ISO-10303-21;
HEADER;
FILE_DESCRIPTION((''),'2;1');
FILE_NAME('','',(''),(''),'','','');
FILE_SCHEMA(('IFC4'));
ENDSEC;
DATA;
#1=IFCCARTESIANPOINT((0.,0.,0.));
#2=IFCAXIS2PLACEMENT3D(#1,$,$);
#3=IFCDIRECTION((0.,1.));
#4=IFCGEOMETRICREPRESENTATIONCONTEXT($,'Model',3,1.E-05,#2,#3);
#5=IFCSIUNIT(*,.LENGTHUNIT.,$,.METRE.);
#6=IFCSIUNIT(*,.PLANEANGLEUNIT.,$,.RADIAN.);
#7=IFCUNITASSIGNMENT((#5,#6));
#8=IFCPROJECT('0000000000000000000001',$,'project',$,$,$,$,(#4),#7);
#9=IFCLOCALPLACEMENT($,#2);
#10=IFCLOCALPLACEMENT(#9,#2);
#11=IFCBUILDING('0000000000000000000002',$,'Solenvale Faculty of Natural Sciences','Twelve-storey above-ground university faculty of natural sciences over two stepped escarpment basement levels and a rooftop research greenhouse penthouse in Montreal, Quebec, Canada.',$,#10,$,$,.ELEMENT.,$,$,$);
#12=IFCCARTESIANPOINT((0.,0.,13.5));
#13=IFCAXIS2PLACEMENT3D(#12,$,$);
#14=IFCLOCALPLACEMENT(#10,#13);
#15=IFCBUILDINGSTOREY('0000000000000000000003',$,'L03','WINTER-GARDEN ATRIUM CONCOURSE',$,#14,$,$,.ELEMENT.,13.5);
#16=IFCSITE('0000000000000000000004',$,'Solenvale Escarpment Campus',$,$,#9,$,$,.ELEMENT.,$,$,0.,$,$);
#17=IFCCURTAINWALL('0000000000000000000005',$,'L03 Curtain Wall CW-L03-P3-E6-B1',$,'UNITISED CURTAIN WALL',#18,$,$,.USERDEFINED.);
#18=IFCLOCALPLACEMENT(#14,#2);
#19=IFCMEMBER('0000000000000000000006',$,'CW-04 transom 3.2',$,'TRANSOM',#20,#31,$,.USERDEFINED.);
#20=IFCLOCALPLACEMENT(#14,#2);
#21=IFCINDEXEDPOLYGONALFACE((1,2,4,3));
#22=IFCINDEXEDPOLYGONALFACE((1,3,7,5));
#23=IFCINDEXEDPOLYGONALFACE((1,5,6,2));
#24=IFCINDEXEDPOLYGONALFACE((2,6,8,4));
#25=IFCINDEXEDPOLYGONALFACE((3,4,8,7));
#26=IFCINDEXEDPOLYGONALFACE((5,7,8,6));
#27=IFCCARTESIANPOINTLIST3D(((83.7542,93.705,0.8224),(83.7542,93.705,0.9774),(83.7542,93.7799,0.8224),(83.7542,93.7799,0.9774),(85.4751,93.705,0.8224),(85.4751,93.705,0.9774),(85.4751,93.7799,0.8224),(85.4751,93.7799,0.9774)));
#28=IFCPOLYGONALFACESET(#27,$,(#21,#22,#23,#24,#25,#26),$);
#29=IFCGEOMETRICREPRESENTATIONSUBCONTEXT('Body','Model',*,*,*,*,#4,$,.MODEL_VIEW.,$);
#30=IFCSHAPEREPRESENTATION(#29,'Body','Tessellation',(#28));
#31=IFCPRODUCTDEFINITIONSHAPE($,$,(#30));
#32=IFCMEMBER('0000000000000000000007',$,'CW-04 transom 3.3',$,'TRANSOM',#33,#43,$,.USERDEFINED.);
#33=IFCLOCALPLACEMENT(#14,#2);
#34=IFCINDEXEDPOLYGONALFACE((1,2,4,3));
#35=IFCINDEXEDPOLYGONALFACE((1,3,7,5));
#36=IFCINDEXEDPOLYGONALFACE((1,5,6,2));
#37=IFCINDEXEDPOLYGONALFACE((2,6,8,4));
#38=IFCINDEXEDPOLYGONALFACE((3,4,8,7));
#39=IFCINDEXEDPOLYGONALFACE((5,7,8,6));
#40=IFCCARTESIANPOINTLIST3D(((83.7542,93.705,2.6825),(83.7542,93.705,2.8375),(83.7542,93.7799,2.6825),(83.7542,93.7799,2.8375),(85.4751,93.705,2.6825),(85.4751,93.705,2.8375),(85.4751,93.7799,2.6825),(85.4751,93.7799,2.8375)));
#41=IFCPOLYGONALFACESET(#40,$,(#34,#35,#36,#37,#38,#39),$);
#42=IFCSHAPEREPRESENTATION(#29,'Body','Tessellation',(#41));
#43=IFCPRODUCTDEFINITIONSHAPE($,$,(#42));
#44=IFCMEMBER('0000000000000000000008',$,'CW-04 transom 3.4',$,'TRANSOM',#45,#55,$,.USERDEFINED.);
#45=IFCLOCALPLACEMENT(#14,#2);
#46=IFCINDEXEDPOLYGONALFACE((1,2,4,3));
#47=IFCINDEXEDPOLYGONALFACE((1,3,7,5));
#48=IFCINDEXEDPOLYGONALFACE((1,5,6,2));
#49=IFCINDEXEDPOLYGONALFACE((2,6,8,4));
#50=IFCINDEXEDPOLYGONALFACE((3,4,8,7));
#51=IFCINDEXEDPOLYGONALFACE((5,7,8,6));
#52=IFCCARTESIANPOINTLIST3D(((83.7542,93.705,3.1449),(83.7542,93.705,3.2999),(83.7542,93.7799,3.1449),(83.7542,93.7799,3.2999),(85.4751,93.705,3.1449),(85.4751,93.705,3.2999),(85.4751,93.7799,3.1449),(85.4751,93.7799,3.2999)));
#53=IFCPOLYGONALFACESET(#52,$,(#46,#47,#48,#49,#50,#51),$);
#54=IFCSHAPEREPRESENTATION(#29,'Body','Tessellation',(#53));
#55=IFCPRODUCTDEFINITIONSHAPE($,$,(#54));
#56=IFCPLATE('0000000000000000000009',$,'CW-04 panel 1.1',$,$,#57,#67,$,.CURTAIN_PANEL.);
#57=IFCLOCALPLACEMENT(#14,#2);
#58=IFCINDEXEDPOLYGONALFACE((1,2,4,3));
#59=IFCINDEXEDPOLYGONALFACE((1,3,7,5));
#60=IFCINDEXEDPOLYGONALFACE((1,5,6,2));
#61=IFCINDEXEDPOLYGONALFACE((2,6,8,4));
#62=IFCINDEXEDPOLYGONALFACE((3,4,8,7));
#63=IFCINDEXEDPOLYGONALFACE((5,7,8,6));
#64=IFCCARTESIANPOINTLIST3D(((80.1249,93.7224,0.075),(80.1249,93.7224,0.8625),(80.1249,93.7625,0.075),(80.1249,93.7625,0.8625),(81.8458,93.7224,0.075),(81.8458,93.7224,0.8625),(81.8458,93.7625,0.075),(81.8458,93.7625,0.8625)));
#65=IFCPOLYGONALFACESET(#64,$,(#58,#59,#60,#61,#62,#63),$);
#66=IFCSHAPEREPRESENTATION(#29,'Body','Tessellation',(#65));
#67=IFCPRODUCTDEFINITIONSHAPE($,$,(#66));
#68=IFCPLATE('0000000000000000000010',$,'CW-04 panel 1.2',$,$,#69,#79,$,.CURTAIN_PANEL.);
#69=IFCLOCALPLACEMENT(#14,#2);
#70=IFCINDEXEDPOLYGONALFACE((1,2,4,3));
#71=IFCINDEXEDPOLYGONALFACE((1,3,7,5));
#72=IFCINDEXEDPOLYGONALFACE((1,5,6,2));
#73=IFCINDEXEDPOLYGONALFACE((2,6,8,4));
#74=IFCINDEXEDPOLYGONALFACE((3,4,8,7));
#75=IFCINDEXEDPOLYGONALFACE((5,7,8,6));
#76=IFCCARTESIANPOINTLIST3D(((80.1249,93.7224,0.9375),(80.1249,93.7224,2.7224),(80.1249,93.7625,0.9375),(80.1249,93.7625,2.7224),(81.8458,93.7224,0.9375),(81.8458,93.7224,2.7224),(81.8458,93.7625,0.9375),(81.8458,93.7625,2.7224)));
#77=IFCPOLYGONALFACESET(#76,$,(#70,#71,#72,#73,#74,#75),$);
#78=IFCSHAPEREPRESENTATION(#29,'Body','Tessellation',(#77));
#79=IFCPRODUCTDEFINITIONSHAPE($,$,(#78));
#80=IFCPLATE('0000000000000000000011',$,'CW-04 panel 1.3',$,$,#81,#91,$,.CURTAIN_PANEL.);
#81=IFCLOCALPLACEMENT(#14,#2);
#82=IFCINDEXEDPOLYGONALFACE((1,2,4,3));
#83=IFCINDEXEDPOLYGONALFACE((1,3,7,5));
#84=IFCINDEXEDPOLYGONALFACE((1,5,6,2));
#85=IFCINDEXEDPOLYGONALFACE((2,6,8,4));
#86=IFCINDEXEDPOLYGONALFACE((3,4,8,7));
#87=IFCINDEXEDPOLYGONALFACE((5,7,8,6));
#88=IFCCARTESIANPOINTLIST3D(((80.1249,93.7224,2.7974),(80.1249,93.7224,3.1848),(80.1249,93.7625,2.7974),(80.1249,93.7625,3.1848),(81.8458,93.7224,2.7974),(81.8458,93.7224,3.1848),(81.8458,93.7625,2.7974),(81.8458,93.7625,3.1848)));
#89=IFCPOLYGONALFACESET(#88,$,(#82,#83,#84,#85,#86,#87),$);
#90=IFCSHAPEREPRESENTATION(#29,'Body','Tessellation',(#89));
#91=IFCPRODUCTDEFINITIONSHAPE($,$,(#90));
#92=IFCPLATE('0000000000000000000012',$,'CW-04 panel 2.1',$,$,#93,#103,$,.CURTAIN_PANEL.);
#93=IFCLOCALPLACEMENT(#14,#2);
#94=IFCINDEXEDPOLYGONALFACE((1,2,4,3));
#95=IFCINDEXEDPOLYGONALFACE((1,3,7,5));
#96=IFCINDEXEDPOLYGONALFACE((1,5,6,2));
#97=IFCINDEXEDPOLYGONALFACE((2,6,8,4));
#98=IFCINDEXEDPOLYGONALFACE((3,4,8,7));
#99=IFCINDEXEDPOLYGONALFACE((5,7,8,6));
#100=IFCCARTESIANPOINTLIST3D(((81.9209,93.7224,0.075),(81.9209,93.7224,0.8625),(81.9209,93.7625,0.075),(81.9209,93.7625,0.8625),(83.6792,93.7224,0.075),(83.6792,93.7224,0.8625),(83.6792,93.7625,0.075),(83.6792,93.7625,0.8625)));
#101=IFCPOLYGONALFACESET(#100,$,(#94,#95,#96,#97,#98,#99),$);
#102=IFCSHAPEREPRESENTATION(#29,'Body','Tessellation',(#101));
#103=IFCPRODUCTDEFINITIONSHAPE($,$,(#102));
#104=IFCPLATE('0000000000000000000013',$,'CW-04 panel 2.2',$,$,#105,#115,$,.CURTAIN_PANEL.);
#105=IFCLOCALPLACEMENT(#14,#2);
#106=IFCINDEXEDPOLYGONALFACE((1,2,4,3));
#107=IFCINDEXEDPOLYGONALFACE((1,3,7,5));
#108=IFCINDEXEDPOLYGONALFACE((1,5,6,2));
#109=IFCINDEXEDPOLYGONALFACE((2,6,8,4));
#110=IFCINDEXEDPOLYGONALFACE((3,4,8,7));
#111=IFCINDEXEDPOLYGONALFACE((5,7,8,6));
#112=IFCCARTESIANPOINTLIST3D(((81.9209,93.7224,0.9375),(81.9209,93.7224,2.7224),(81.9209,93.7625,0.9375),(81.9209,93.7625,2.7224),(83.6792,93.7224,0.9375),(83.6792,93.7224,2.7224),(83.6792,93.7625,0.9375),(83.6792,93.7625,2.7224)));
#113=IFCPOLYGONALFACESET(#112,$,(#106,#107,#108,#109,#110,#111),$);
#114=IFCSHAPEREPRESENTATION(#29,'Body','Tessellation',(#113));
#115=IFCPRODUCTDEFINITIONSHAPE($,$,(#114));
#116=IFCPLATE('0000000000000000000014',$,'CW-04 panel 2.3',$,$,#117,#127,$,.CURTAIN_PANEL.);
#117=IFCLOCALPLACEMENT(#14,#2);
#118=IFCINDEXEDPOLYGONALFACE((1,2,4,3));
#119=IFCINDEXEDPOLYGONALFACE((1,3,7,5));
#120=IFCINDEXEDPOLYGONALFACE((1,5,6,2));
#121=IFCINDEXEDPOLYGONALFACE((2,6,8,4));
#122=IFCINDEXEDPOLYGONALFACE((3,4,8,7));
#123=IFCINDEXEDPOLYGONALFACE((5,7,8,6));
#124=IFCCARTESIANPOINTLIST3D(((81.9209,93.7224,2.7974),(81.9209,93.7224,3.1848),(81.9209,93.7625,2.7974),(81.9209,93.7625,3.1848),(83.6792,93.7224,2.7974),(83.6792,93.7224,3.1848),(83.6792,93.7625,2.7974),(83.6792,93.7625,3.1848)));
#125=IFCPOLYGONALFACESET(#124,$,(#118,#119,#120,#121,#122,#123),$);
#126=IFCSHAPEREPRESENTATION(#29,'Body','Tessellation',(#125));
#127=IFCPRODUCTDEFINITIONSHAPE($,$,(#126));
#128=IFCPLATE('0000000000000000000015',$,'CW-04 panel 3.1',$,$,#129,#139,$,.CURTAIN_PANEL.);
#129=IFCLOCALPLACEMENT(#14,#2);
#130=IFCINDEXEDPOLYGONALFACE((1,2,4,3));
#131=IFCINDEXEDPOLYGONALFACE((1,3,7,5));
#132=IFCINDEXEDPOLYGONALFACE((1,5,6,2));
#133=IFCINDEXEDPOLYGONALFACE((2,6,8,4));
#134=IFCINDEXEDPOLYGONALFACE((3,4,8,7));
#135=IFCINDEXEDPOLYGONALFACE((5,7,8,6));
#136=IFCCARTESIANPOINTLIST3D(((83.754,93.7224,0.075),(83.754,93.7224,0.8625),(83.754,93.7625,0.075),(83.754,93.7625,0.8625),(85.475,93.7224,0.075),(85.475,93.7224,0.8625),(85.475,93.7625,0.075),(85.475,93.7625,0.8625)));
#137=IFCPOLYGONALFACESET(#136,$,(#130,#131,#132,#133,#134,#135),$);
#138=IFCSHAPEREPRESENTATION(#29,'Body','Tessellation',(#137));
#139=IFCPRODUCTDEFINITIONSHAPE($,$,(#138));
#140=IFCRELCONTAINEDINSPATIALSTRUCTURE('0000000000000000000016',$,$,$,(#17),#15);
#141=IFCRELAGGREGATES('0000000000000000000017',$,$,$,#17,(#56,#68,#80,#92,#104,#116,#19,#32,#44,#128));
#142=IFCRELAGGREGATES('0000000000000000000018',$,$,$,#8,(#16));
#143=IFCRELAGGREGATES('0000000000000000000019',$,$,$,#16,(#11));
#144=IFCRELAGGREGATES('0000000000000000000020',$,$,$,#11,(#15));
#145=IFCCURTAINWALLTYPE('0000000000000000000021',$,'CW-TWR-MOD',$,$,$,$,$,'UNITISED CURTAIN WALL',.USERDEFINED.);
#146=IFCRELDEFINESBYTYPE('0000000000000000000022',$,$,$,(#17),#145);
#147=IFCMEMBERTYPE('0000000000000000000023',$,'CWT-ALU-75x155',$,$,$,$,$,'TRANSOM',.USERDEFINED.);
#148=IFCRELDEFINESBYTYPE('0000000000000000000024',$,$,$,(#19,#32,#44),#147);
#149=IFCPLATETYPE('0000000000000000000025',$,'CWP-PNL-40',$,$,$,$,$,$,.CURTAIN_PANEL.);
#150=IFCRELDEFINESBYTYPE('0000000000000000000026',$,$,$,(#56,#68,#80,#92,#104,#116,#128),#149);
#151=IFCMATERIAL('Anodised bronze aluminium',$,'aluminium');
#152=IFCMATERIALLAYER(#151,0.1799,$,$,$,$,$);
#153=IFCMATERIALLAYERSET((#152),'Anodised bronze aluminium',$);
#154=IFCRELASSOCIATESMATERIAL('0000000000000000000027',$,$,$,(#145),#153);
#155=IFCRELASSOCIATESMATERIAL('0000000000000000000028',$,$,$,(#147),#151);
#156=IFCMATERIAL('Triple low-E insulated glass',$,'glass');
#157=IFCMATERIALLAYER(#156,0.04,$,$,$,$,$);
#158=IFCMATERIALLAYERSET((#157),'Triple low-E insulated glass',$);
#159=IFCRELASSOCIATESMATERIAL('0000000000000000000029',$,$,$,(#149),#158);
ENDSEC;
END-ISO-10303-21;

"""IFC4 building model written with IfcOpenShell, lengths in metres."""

from ifc_helpers import new_model, si_unit, direction, frame, origin, origin_2d, place, context, subcontext, project, spatial, rectangle, extrude, material, layer, layer_set, material_profile, profile_set, type_object, element, aggregate, save


model = new_model("IFC4")

# Units and contexts
model_context = context("Model", 3, precision=1e-05, world=origin(), true_north=direction((0.0, 1.0)))
body_context = subcontext(model_context, "Body", "Model", "MODEL_VIEW")
ifc_project = project(units=[si_unit("LENGTHUNIT", "METRE"), si_unit("PLANEANGLEUNIT", "RADIAN")], contexts=[model_context])

# Site, building, storey
site_placement = place(None, origin())
site = spatial("IfcSite", under=ifc_project, at=site_placement, Name="Solenvale Escarpment Campus", CompositionType="ELEMENT", RefElevation=0.0)
building_placement = place(site_placement, origin())
building = spatial("IfcBuilding", under=site, at=building_placement, Name="Solenvale Faculty of Natural Sciences", Description="Twelve-storey above-ground university faculty of natural sciences over two stepped escarpment basement levels and a rooftop research greenhouse penthouse in Montreal, Quebec, Canada.", CompositionType="ELEMENT")
storey_placement = place(building_placement, frame((0.0, 0.0, 13.5)))
storey = spatial("IfcBuildingStorey", under=building, at=storey_placement, Name="L03", Description="WINTER-GARDEN ATRIUM CONCOURSE", CompositionType="ELEMENT", Elevation=13.5)

# Curtain wall, members, plates
ifc_material_1 = material(Name="Anodised bronze aluminium", Category="aluminium")
ifc_layer_1 = layer(ifc_material_1, 0.1799)
ifc_layer_set_1 = layer_set([ifc_layer_1], Name="Anodised bronze aluminium")
curtain_wall_type = type_object("IfcCurtainWallType", Name="CW-TWR-MOD", ElementType="UNITISED CURTAIN WALL", PredefinedType="USERDEFINED", material=ifc_layer_set_1)
curtain_wall_placement = place(storey_placement, origin())
curtain_wall = element("IfcCurtainWall", 1, at=curtain_wall_placement, inside=storey, type_object=curtain_wall_type, Name="L03 Curtain Wall CW-L03-P3-E6-B1", ObjectType="UNITISED CURTAIN WALL", PredefinedType="USERDEFINED")
ifc_material_profile_1 = material_profile(ifc_material_1, rectangle(XDim=0.075, YDim=0.155, at=origin_2d()), Name="ALU-TRN-75x155")
ifc_profile_set_1 = profile_set([ifc_material_profile_1], Name="Anodised bronze aluminium")
member_type_1 = type_object("IfcMemberType", Name="CWT-ALU-75x155", ElementType="TRANSOM", PredefinedType="USERDEFINED", material=ifc_profile_set_1)
member_1_placement = place(storey_placement, frame((83.7542, 93.7424, 0.8999), z_axis=(1.0, 0.0, 0.0), x_axis=(0.0, 1.0, 0.0)))
member_1 = element("IfcMember", 2, at=member_1_placement, type_object=member_type_1, Name="CW-04 transom 3.2", ObjectType="TRANSOM", PredefinedType="USERDEFINED", context=body_context, shape_type="SweptSolid", body=[
    extrude(rectangle(XDim=0.075, YDim=0.155, at=origin_2d()), origin(), (0.0, 0.0, 1.0), 1.7209),
])
member_2_placement = place(storey_placement, frame((83.7542, 93.7424, 2.76), z_axis=(1.0, 0.0, 0.0), x_axis=(0.0, 1.0, 0.0)))
member_2 = element("IfcMember", 3, at=member_2_placement, type_object=member_type_1, Name="CW-04 transom 3.3", ObjectType="TRANSOM", PredefinedType="USERDEFINED", context=body_context, shape_type="SweptSolid", body=[
    extrude(rectangle(XDim=0.075, YDim=0.155, at=origin_2d()), origin(), (0.0, 0.0, 1.0), 1.7209),
])
member_3_placement = place(storey_placement, frame((83.7542, 93.7424, 3.2224), z_axis=(1.0, 0.0, 0.0), x_axis=(0.0, 1.0, 0.0)))
member_3 = element("IfcMember", 4, at=member_3_placement, type_object=member_type_1, Name="CW-04 transom 3.4", ObjectType="TRANSOM", PredefinedType="USERDEFINED", context=body_context, shape_type="SweptSolid", body=[
    extrude(rectangle(XDim=0.075, YDim=0.155, at=origin_2d()), origin(), (0.0, 0.0, 1.0), 1.7209),
])
ifc_material_2 = material(Name="Triple low-E insulated glass", Category="glass")
ifc_layer_2 = layer(ifc_material_2, 0.04)
ifc_layer_set_2 = layer_set([ifc_layer_2], Name="Triple low-E insulated glass")
plate_type = type_object("IfcPlateType", Name="CWP-PNL-40", PredefinedType="CURTAIN_PANEL", material=ifc_layer_set_2)
plate_1_placement = place(storey_placement, frame((80.9854, 93.7424, 0.075), z_axis=(0.0, 0.0, 1.0), x_axis=(1.0, 0.0, 0.0)))
plate_1 = element("IfcPlate", 5, at=plate_1_placement, type_object=plate_type, Name="CW-04 panel 1.1", PredefinedType="CURTAIN_PANEL", context=body_context, shape_type="SweptSolid", body=[
    extrude(rectangle(XDim=1.7209, YDim=0.04, at=origin_2d()), origin(), (0.0, 0.0, 1.0), 0.7876),
])
plate_2_placement = place(storey_placement, frame((80.9854, 93.7424, 0.9375), z_axis=(0.0, 0.0, 1.0), x_axis=(1.0, 0.0, 0.0)))
plate_2 = element("IfcPlate", 6, at=plate_2_placement, type_object=plate_type, Name="CW-04 panel 1.2", PredefinedType="CURTAIN_PANEL", context=body_context, shape_type="SweptSolid", body=[
    extrude(rectangle(XDim=1.7209, YDim=0.04, at=origin_2d()), origin(), (0.0, 0.0, 1.0), 1.7849),
])
plate_3_placement = place(storey_placement, frame((80.9854, 93.7424, 2.7974), z_axis=(0.0, 0.0, 1.0), x_axis=(1.0, 0.0, 0.0)))
plate_3 = element("IfcPlate", 7, at=plate_3_placement, type_object=plate_type, Name="CW-04 panel 1.3", PredefinedType="CURTAIN_PANEL", context=body_context, shape_type="SweptSolid", body=[
    extrude(rectangle(XDim=1.7209, YDim=0.04, at=origin_2d()), origin(), (0.0, 0.0, 1.0), 0.3875),
])
plate_4_placement = place(storey_placement, frame((82.8, 93.7424, 0.075), z_axis=(0.0, 0.0, 1.0), x_axis=(1.0, 0.0, 0.0)))
plate_4 = element("IfcPlate", 8, at=plate_4_placement, type_object=plate_type, Name="CW-04 panel 2.1", PredefinedType="CURTAIN_PANEL", context=body_context, shape_type="SweptSolid", body=[
    extrude(rectangle(XDim=1.7583, YDim=0.04, at=origin_2d()), origin(), (0.0, 0.0, 1.0), 0.7876),
])
plate_5_placement = place(storey_placement, frame((82.8, 93.7424, 0.9375), z_axis=(0.0, 0.0, 1.0), x_axis=(1.0, 0.0, 0.0)))
plate_5 = element("IfcPlate", 9, at=plate_5_placement, type_object=plate_type, Name="CW-04 panel 2.2", PredefinedType="CURTAIN_PANEL", context=body_context, shape_type="SweptSolid", body=[
    extrude(rectangle(XDim=1.7583, YDim=0.04, at=origin_2d()), origin(), (0.0, 0.0, 1.0), 1.7849),
])
plate_6_placement = place(storey_placement, frame((82.8, 93.7424, 2.7974), z_axis=(0.0, 0.0, 1.0), x_axis=(1.0, 0.0, 0.0)))
plate_6 = element("IfcPlate", 10, at=plate_6_placement, type_object=plate_type, Name="CW-04 panel 2.3", PredefinedType="CURTAIN_PANEL", context=body_context, shape_type="SweptSolid", body=[
    extrude(rectangle(XDim=1.7583, YDim=0.04, at=origin_2d()), origin(), (0.0, 0.0, 1.0), 0.3875),
])
plate_7_placement = place(storey_placement, frame((84.6145, 93.7424, 0.075), z_axis=(0.0, 0.0, 1.0), x_axis=(1.0, 0.0, 0.0)))
plate_7 = element("IfcPlate", 11, at=plate_7_placement, type_object=plate_type, Name="CW-04 panel 3.1", PredefinedType="CURTAIN_PANEL", context=body_context, shape_type="SweptSolid", body=[
    extrude(rectangle(XDim=1.7209, YDim=0.04, at=origin_2d()), origin(), (0.0, 0.0, 1.0), 0.7876),
])
aggregate(curtain_wall, [plate_1, plate_2, plate_3, plate_4, plate_5, plate_6, member_1, member_2, member_3, plate_7])

save(model, "model.ifc")
